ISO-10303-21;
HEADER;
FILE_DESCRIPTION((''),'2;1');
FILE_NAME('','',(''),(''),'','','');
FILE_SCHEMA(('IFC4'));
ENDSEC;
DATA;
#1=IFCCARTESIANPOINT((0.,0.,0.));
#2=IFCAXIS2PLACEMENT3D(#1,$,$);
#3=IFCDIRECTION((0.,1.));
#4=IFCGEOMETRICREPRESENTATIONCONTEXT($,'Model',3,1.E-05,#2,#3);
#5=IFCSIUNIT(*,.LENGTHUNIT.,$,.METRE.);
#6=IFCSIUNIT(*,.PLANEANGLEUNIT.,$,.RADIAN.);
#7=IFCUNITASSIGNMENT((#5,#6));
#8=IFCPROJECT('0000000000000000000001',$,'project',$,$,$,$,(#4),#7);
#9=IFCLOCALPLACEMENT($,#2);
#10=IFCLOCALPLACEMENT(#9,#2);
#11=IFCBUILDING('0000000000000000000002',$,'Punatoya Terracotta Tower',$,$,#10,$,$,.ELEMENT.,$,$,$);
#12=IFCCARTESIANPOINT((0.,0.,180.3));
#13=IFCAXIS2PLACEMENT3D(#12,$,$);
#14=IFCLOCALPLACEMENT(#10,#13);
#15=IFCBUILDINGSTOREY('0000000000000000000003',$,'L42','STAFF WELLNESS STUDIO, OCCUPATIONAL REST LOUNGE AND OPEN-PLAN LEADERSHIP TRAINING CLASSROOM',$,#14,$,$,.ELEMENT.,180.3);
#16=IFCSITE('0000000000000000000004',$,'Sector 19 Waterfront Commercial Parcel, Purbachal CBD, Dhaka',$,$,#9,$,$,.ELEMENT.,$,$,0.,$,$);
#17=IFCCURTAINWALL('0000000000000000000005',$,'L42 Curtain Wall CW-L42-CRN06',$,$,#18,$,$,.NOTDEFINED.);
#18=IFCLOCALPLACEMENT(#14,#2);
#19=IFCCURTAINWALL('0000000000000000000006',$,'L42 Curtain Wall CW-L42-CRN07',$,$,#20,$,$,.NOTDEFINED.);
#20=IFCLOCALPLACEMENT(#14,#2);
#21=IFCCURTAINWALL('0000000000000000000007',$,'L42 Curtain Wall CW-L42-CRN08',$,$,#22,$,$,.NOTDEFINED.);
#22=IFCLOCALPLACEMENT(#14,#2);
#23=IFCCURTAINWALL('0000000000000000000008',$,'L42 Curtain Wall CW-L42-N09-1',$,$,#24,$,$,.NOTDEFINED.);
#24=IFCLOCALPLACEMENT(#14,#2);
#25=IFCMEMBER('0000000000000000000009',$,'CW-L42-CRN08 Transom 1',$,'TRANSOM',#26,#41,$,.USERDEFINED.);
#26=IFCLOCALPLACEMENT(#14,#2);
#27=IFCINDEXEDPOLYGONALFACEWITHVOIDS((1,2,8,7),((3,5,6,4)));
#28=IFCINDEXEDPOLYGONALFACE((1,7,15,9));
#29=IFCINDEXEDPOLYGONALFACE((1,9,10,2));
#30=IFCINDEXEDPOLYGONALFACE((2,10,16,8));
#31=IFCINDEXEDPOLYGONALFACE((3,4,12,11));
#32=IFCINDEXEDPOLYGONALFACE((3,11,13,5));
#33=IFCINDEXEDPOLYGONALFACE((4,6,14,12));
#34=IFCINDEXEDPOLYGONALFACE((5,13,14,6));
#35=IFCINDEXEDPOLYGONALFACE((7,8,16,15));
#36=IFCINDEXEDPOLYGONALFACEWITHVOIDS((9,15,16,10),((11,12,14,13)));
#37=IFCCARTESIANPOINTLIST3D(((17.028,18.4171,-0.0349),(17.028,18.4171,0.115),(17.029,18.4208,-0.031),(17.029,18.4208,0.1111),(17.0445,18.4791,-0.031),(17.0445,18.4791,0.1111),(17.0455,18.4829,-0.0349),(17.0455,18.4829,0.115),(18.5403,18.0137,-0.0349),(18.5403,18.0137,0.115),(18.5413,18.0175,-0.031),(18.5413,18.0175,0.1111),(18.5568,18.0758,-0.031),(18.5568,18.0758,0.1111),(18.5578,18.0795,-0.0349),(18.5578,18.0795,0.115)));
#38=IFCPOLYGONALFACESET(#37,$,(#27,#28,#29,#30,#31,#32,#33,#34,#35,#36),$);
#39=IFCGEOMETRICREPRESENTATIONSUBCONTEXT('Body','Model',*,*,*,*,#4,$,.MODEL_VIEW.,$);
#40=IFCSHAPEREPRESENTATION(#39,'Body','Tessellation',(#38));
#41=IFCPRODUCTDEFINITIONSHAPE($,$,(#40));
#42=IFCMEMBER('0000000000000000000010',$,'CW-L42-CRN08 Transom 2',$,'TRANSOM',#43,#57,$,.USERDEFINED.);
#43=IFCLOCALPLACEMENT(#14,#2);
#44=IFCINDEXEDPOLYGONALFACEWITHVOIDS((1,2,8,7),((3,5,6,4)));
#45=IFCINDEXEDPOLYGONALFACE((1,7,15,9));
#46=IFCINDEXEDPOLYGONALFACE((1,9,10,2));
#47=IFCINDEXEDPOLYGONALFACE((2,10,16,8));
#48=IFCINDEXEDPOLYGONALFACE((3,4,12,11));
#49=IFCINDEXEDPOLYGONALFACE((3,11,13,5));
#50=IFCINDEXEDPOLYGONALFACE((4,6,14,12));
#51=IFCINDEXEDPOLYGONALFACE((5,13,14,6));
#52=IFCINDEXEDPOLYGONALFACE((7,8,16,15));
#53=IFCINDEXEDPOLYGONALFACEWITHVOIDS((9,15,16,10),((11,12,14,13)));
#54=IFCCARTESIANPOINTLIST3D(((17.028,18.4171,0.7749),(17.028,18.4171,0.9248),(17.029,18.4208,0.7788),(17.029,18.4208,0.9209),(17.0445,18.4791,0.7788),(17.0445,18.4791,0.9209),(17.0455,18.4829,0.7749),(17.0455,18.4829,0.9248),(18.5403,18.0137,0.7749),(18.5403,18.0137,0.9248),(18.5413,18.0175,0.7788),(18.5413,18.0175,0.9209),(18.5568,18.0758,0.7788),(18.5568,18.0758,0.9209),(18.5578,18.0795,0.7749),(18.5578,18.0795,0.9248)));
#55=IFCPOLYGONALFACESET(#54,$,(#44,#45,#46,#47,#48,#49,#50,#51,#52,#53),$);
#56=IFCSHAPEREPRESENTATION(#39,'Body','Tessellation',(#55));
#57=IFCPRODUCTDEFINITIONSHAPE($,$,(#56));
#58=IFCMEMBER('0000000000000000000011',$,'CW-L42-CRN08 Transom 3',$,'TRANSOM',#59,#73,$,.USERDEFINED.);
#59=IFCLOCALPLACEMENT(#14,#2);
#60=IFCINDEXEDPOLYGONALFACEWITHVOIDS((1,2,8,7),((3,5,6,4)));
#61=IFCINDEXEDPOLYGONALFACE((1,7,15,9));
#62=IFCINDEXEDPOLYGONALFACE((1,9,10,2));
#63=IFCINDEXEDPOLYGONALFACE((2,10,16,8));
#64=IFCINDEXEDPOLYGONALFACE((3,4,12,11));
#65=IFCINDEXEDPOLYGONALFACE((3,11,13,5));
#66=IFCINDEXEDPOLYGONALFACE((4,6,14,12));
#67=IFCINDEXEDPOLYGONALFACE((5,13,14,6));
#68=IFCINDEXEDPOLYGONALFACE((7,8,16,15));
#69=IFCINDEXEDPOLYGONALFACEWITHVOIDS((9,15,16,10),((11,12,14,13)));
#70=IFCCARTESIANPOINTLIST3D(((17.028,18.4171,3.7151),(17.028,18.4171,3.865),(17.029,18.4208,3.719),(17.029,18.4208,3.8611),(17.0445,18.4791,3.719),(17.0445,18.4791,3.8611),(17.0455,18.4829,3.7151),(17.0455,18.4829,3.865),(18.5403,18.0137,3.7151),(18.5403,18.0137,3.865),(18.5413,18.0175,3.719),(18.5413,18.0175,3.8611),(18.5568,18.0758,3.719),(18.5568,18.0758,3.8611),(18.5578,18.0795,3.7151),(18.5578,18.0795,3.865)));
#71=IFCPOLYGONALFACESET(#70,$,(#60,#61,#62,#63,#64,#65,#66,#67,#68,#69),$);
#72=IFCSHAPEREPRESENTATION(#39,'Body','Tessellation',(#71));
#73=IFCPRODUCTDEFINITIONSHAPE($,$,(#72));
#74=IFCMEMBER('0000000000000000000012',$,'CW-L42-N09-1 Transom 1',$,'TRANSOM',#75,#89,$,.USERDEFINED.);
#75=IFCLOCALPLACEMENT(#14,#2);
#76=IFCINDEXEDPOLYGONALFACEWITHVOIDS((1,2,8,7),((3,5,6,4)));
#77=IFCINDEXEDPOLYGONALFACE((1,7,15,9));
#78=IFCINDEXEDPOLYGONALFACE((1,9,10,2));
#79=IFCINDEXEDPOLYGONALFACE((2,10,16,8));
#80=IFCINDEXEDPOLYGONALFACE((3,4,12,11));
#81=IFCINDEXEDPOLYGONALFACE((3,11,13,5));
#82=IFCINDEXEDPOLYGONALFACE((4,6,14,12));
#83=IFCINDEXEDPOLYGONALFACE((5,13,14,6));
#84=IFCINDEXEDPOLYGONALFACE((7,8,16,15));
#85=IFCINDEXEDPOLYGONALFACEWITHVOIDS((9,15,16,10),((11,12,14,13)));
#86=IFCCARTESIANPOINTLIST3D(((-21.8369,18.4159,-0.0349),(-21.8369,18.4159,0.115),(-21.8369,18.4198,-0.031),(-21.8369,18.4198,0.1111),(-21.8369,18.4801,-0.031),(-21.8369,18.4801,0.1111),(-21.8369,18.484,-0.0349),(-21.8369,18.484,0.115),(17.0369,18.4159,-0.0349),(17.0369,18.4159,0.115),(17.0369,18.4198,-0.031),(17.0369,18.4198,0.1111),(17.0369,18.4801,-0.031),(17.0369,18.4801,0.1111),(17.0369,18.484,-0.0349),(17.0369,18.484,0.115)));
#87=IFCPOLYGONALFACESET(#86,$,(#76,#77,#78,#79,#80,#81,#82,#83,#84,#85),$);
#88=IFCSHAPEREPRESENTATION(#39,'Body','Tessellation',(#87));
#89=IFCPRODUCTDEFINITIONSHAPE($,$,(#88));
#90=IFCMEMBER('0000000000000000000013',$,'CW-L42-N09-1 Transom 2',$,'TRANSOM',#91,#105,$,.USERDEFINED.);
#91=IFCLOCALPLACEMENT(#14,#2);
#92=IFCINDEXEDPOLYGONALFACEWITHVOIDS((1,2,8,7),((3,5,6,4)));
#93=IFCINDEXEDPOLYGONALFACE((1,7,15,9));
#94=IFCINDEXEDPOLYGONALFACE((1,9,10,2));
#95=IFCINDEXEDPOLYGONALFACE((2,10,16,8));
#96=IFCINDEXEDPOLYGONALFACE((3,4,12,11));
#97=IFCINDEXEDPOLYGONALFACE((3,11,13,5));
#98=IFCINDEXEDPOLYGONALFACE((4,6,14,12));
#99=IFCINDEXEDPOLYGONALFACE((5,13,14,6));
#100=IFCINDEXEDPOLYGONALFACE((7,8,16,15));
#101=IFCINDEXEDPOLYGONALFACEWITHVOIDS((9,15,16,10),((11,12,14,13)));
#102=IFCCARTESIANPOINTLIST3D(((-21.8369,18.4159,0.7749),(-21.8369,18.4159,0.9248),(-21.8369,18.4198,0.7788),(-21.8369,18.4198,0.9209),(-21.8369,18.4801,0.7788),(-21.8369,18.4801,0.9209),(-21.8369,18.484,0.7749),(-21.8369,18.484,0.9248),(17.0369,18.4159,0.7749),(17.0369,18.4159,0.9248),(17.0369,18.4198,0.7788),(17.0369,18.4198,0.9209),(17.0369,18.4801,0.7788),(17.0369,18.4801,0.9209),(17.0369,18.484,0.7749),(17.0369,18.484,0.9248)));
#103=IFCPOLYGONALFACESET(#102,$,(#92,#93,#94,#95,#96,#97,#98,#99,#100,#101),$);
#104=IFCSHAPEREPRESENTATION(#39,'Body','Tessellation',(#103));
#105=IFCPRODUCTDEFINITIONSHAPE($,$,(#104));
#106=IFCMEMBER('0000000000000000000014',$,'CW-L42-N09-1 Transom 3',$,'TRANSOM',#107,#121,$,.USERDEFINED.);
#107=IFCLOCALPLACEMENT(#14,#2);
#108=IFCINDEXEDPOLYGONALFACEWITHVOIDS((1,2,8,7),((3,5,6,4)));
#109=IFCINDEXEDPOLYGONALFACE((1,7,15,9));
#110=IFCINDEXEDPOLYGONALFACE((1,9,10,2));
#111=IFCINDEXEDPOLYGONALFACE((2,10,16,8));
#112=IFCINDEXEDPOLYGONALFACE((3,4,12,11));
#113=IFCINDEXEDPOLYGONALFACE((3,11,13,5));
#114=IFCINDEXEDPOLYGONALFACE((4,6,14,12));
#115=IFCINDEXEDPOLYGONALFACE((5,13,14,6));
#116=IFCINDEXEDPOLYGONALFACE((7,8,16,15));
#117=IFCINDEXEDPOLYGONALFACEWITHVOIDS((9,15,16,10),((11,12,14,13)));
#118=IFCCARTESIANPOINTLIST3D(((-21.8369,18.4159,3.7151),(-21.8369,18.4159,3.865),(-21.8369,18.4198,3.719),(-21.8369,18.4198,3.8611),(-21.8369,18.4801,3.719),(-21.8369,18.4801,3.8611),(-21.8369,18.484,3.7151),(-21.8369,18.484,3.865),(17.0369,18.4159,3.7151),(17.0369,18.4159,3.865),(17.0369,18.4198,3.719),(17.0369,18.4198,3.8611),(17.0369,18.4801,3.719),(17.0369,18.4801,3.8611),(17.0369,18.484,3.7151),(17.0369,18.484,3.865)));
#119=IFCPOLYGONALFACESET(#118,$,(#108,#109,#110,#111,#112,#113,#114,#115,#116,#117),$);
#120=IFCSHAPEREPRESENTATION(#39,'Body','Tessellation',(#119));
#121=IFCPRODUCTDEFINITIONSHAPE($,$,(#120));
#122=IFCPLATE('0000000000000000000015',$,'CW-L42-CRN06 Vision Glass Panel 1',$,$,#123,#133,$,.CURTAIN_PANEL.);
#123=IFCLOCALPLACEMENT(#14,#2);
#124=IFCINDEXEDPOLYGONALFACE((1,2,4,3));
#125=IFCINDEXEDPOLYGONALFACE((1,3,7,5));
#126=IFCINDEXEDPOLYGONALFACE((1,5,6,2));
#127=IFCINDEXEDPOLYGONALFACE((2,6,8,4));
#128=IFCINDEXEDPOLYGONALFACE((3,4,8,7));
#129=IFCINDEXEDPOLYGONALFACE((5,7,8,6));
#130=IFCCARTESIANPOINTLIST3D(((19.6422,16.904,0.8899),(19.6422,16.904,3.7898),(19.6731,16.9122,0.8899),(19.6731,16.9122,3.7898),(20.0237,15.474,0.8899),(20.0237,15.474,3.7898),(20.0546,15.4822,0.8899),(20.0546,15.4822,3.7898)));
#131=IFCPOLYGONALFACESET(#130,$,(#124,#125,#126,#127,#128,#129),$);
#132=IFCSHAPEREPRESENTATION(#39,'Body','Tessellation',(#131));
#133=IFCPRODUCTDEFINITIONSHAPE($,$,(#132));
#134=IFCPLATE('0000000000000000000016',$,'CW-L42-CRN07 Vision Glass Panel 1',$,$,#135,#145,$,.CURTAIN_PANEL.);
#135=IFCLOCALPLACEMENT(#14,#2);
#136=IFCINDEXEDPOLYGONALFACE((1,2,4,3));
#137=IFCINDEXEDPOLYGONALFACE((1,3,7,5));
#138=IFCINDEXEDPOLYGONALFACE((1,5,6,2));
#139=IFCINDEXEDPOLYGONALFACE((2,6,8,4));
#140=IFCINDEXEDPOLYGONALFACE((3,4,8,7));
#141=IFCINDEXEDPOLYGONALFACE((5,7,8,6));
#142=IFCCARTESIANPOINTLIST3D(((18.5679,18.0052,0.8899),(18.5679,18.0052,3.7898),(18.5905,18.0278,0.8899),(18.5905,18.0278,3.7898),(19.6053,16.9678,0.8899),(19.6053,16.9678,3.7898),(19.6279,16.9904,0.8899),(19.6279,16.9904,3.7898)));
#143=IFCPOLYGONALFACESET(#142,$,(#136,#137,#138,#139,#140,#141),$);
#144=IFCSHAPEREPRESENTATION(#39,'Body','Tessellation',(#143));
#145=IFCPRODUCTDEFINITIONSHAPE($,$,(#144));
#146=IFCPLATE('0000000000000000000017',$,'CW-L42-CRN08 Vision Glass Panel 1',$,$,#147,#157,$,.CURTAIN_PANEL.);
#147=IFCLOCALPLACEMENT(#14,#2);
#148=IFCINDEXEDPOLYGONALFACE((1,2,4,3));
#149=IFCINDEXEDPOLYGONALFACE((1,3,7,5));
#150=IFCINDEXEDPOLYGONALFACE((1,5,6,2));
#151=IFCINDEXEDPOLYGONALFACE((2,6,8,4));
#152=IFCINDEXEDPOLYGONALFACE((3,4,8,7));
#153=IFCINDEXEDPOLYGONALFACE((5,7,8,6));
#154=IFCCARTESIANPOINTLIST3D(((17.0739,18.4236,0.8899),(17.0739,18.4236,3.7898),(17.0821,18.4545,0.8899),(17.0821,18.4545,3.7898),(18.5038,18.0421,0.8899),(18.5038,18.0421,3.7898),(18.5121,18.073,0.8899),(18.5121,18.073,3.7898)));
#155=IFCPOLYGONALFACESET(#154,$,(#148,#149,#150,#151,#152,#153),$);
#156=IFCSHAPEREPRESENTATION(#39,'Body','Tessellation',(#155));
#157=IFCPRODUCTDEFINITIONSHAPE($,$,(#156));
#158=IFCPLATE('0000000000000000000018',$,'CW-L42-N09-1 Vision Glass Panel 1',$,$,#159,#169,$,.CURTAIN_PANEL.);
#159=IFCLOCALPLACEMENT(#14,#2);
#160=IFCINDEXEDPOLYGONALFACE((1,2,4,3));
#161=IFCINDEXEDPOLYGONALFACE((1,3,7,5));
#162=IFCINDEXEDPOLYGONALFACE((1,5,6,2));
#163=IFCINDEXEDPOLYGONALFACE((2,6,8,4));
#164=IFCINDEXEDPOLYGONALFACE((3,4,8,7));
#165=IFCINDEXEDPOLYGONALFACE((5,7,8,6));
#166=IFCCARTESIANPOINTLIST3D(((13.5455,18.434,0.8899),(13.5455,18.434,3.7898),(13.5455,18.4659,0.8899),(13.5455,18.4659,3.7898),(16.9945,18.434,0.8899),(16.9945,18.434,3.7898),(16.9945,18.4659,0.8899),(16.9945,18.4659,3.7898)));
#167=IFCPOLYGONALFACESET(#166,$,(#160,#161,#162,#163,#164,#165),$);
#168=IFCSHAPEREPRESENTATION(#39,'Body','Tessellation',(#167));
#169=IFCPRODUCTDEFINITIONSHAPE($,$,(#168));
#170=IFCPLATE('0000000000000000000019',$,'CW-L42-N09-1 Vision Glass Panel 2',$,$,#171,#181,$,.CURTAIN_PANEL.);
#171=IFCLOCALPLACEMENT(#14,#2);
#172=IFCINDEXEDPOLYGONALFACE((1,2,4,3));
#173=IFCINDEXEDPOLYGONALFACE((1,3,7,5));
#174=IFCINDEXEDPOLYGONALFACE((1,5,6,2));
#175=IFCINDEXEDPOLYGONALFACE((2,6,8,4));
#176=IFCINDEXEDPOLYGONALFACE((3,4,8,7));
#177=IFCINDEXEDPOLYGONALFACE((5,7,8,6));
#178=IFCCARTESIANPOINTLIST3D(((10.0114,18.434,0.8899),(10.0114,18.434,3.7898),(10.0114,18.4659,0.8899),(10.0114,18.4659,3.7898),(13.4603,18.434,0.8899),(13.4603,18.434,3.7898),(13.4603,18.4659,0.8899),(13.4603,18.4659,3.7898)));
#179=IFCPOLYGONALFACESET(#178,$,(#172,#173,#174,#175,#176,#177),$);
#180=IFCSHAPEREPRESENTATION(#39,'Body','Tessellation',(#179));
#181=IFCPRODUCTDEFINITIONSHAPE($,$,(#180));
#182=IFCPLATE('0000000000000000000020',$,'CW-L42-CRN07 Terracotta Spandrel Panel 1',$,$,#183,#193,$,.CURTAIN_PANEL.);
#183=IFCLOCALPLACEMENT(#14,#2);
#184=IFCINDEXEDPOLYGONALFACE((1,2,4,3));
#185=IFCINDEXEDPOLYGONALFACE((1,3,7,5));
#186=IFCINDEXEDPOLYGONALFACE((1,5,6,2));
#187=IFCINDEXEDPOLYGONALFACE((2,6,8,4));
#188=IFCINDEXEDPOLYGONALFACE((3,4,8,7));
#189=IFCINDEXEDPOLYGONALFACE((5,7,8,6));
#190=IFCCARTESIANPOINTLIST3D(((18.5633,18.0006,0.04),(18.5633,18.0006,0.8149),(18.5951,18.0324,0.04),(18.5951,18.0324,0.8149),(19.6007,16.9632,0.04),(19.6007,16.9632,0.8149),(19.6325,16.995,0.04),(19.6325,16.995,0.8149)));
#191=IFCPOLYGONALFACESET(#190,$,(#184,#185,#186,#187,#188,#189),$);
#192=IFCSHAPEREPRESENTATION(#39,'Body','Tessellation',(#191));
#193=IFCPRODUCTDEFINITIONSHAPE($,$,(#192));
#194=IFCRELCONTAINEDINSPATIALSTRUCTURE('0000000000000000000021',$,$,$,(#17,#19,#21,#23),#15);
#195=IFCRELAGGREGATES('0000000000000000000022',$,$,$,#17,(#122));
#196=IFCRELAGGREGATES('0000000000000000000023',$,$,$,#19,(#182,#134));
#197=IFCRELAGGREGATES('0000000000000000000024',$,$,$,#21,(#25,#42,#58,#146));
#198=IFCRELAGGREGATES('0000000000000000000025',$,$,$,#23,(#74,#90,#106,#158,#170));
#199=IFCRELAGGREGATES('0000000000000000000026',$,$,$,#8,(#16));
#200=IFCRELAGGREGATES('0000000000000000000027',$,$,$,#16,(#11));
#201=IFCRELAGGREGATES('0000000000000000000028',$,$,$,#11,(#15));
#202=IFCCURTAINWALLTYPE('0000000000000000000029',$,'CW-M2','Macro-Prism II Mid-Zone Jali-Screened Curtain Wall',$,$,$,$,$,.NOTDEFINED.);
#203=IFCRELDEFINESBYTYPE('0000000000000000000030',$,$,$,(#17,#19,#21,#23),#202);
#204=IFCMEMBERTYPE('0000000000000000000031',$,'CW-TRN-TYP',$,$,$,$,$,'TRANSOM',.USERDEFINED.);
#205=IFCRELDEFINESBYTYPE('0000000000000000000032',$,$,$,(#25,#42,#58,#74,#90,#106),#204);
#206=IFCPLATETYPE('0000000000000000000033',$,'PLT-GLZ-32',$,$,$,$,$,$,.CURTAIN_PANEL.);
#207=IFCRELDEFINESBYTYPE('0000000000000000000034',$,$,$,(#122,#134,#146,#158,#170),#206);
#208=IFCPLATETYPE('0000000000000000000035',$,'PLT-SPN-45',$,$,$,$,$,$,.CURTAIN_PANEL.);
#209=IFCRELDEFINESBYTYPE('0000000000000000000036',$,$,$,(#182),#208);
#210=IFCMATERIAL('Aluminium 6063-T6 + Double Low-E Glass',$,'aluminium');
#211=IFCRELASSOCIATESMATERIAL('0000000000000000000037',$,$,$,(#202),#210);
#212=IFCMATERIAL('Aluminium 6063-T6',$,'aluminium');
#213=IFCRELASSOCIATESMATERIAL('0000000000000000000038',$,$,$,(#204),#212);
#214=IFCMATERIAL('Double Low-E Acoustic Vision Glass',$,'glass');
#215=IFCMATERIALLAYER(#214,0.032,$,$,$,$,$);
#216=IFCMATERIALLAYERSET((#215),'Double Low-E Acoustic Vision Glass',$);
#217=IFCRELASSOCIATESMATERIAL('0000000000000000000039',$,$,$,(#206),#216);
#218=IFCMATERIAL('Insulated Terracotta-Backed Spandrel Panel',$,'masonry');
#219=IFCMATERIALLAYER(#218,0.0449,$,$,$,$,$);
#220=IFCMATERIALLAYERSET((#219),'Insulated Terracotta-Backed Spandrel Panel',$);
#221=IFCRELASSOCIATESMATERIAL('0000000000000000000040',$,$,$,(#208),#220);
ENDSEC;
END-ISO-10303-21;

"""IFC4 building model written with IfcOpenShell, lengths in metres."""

from ifc_helpers import new_model, si_unit, direction, frame, origin, origin_2d, place, context, subcontext, project, spatial, rectangle, hollow_rectangle, extrude, material, layer, layer_set, material_profile, profile_set, type_object, element, aggregate, save


model = new_model("IFC4")

# Units and contexts
model_context = context("Model", 3, precision=1e-05, world=origin(), true_north=direction((0.0, 1.0)))
body_context = subcontext(model_context, "Body", "Model", "MODEL_VIEW")
ifc_project = project(units=[si_unit("LENGTHUNIT", "METRE"), si_unit("PLANEANGLEUNIT", "RADIAN")], contexts=[model_context])

# Site, building, storey
site_placement = place(None, origin())
site = spatial("IfcSite", under=ifc_project, at=site_placement, Name="Sector 19 Waterfront Commercial Parcel, Purbachal CBD, Dhaka", CompositionType="ELEMENT", RefElevation=0.0)
building_placement = place(site_placement, origin())
building = spatial("IfcBuilding", under=site, at=building_placement, Name="Punatoya Terracotta Tower", CompositionType="ELEMENT")
storey_placement = place(building_placement, frame((0.0, 0.0, 180.3)))
storey = spatial("IfcBuildingStorey", under=building, at=storey_placement, Name="L42", Description="STAFF WELLNESS STUDIO, OCCUPATIONAL REST LOUNGE AND OPEN-PLAN LEADERSHIP TRAINING CLASSROOM", CompositionType="ELEMENT", Elevation=180.3)

# Curtain wall
ifc_material_1 = material(Name="Aluminium 6063-T6 + Double Low-E Glass", Category="aluminium")
curtain_wall_type = type_object("IfcCurtainWallType", Name="CW-M2", Description="Macro-Prism II Mid-Zone Jali-Screened Curtain Wall", PredefinedType="NOTDEFINED", material=ifc_material_1)
curtain_wall_1_placement = place(storey_placement, origin())
curtain_wall_1 = element("IfcCurtainWall", 1, at=curtain_wall_1_placement, inside=storey, type_object=curtain_wall_type, Name="L42 Curtain Wall CW-L42-CRN06", PredefinedType="NOTDEFINED")
ifc_material_2 = material(Name="Aluminium 6063-T6", Category="aluminium")

# Curtain walls
curtain_wall_2_placement = place(storey_placement, origin())
curtain_wall_2 = element("IfcCurtainWall", 2, at=curtain_wall_2_placement, inside=storey, type_object=curtain_wall_type, Name="L42 Curtain Wall CW-L42-CRN07", PredefinedType="NOTDEFINED")
curtain_wall_3_placement = place(storey_placement, origin())
curtain_wall_3 = element("IfcCurtainWall", 3, at=curtain_wall_3_placement, inside=storey, type_object=curtain_wall_type, Name="L42 Curtain Wall CW-L42-CRN08", PredefinedType="NOTDEFINED")
curtain_wall_4_placement = place(storey_placement, origin())
curtain_wall_4 = element("IfcCurtainWall", 4, at=curtain_wall_4_placement, inside=storey, type_object=curtain_wall_type, Name="L42 Curtain Wall CW-L42-N09-1", PredefinedType="NOTDEFINED")

# Members
ifc_material_profile_1 = material_profile(ifc_material_2, hollow_rectangle(XDim=0.0681, YDim=0.1499, WallThickness=0.0039, at=origin_2d()))
ifc_profile_set_1 = profile_set([ifc_material_profile_1], Name="Aluminium 6063-T6")
member_type_1 = type_object("IfcMemberType", Name="CW-TRN-TYP", ElementType="TRANSOM", PredefinedType="USERDEFINED", material=ifc_profile_set_1)
member_1_placement = place(storey_placement, frame((18.5491, 18.0466, 0.04), z_axis=(-0.966225, 0.257701, 0.0), x_axis=(-0.257701, -0.966225, 0.0)))
member_1 = element("IfcMember", 5, at=member_1_placement, type_object=member_type_1, Name="CW-L42-CRN08 Transom 1", ObjectType="TRANSOM", PredefinedType="USERDEFINED", context=body_context, shape_type="SweptSolid", body=[
    extrude(hollow_rectangle(XDim=0.0681, YDim=0.1499, WallThickness=0.0039, at=origin_2d()), origin(), (0.0, 0.0, 1.0), 1.5652),
])
member_2_placement = place(storey_placement, frame((18.5491, 18.0466, 0.8499), z_axis=(-0.966225, 0.257701, 0.0), x_axis=(-0.257701, -0.966225, 0.0)))
member_2 = element("IfcMember", 6, at=member_2_placement, type_object=member_type_1, Name="CW-L42-CRN08 Transom 2", ObjectType="TRANSOM", PredefinedType="USERDEFINED", context=body_context, shape_type="SweptSolid", body=[
    extrude(hollow_rectangle(XDim=0.0681, YDim=0.1499, WallThickness=0.0039, at=origin_2d()), origin(), (0.0, 0.0, 1.0), 1.5652),
])
member_3_placement = place(storey_placement, frame((18.5491, 18.0466, 3.79), z_axis=(-0.966225, 0.257701, 0.0), x_axis=(-0.257701, -0.966225, 0.0)))
member_3 = element("IfcMember", 7, at=member_3_placement, type_object=member_type_1, Name="CW-L42-CRN08 Transom 3", ObjectType="TRANSOM", PredefinedType="USERDEFINED", context=body_context, shape_type="SweptSolid", body=[
    extrude(hollow_rectangle(XDim=0.0681, YDim=0.1499, WallThickness=0.0039, at=origin_2d()), origin(), (0.0, 0.0, 1.0), 1.5652),
])
member_4_placement = place(storey_placement, frame((17.0369, 18.45, 0.04), z_axis=(-1.0, 0.0, 0.0), x_axis=(0.0, -1.0, 0.0)))
member_4 = element("IfcMember", 8, at=member_4_placement, type_object=member_type_1, Name="CW-L42-N09-1 Transom 1", ObjectType="TRANSOM", PredefinedType="USERDEFINED", context=body_context, shape_type="SweptSolid", body=[
    extrude(hollow_rectangle(XDim=0.0681, YDim=0.1499, WallThickness=0.0039, at=origin_2d()), origin(), (0.0, 0.0, 1.0), 38.8738),
])
member_5_placement = place(storey_placement, frame((17.0369, 18.45, 0.8499), z_axis=(-1.0, 0.0, 0.0), x_axis=(0.0, -1.0, 0.0)))
member_5 = element("IfcMember", 9, at=member_5_placement, type_object=member_type_1, Name="CW-L42-N09-1 Transom 2", ObjectType="TRANSOM", PredefinedType="USERDEFINED", context=body_context, shape_type="SweptSolid", body=[
    extrude(hollow_rectangle(XDim=0.0681, YDim=0.1499, WallThickness=0.0039, at=origin_2d()), origin(), (0.0, 0.0, 1.0), 38.8738),
])
member_6_placement = place(storey_placement, frame((17.0369, 18.45, 3.79), z_axis=(-1.0, 0.0, 0.0), x_axis=(0.0, -1.0, 0.0)))
member_6 = element("IfcMember", 10, at=member_6_placement, type_object=member_type_1, Name="CW-L42-N09-1 Transom 3", ObjectType="TRANSOM", PredefinedType="USERDEFINED", context=body_context, shape_type="SweptSolid", body=[
    extrude(hollow_rectangle(XDim=0.0681, YDim=0.1499, WallThickness=0.0039, at=origin_2d()), origin(), (0.0, 0.0, 1.0), 38.8738),
])

# Plates
ifc_material_3 = material(Name="Double Low-E Acoustic Vision Glass", Category="glass")
ifc_layer_1 = layer(ifc_material_3, 0.032)
ifc_layer_set_1 = layer_set([ifc_layer_1], Name="Double Low-E Acoustic Vision Glass")
plate_type_1 = type_object("IfcPlateType", Name="PLT-GLZ-32", PredefinedType="CURTAIN_PANEL", material=ifc_layer_set_1)
plate_1_placement = place(storey_placement, frame((19.8484, 16.1931, 0.8899), z_axis=(0.0, 0.0, 1.0), x_axis=(-0.257742, 0.966214, 0.0)))
plate_1 = element("IfcPlate", 11, at=plate_1_placement, type_object=plate_type_1, Name="CW-L42-CRN06 Vision Glass Panel 1", PredefinedType="CURTAIN_PANEL", context=body_context, shape_type="SweptSolid", body=[
    extrude(rectangle(XDim=1.48, YDim=0.032, at=origin_2d()), origin(), (0.0, 0.0, 1.0), 2.8999),
])
aggregate(curtain_wall_1, [plate_1])
plate_2_placement = place(storey_placement, frame((19.0979, 17.4978, 0.8899), z_axis=(0.0, 0.0, 1.0), x_axis=(-0.707107, 0.707107, 0.0)))
plate_2 = element("IfcPlate", 12, at=plate_2_placement, type_object=plate_type_1, Name="CW-L42-CRN07 Vision Glass Panel 1", PredefinedType="CURTAIN_PANEL", context=body_context, shape_type="SweptSolid", body=[
    extrude(rectangle(XDim=1.467, YDim=0.032, at=origin_2d()), origin(), (0.0, 0.0, 1.0), 2.8999),
])
plate_3_placement = place(storey_placement, frame((17.793, 18.2483, 0.8899), z_axis=(0.0, 0.0, 1.0), x_axis=(-0.966214, 0.257742, 0.0)))
plate_3 = element("IfcPlate", 13, at=plate_3_placement, type_object=plate_type_1, Name="CW-L42-CRN08 Vision Glass Panel 1", PredefinedType="CURTAIN_PANEL", context=body_context, shape_type="SweptSolid", body=[
    extrude(rectangle(XDim=1.48, YDim=0.032, at=origin_2d()), origin(), (0.0, 0.0, 1.0), 2.8999),
])
plate_4_placement = place(storey_placement, frame((15.27, 18.45, 0.8899), z_axis=(0.0, 0.0, 1.0), x_axis=(-1.0, 0.0, 0.0)))
plate_4 = element("IfcPlate", 14, at=plate_4_placement, type_object=plate_type_1, Name="CW-L42-N09-1 Vision Glass Panel 1", PredefinedType="CURTAIN_PANEL", context=body_context, shape_type="SweptSolid", body=[
    extrude(rectangle(XDim=3.449, YDim=0.032, at=origin_2d()), origin(), (0.0, 0.0, 1.0), 2.8999),
])
plate_5_placement = place(storey_placement, frame((11.7358, 18.45, 0.8899), z_axis=(0.0, 0.0, 1.0), x_axis=(-1.0, 0.0, 0.0)))
plate_5 = element("IfcPlate", 15, at=plate_5_placement, type_object=plate_type_1, Name="CW-L42-N09-1 Vision Glass Panel 2", PredefinedType="CURTAIN_PANEL", context=body_context, shape_type="SweptSolid", body=[
    extrude(rectangle(XDim=3.449, YDim=0.032, at=origin_2d()), origin(), (0.0, 0.0, 1.0), 2.8999),
])
ifc_material_4 = material(Name="Insulated Terracotta-Backed Spandrel Panel", Category="masonry")
ifc_layer_2 = layer(ifc_material_4, 0.0449)
ifc_layer_set_2 = layer_set([ifc_layer_2], Name="Insulated Terracotta-Backed Spandrel Panel")
plate_type_2 = type_object("IfcPlateType", Name="PLT-SPN-45", PredefinedType="CURTAIN_PANEL", material=ifc_layer_set_2)
plate_6_placement = place(storey_placement, frame((19.0979, 17.4978, 0.04), z_axis=(0.0, 0.0, 1.0), x_axis=(-0.707107, 0.707107, 0.0)))
plate_6 = element("IfcPlate", 16, at=plate_6_placement, type_object=plate_type_2, Name="CW-L42-CRN07 Terracotta Spandrel Panel 1", PredefinedType="CURTAIN_PANEL", context=body_context, shape_type="SweptSolid", body=[
    extrude(rectangle(XDim=1.467, YDim=0.0449, at=origin_2d()), origin(), (0.0, 0.0, 1.0), 0.7749),
])
aggregate(curtain_wall_2, [plate_6, plate_2])
aggregate(curtain_wall_3, [member_1, member_2, member_3, plate_3])
aggregate(curtain_wall_4, [member_4, member_5, member_6, plate_4, plate_5])

save(model, "model.ifc")
